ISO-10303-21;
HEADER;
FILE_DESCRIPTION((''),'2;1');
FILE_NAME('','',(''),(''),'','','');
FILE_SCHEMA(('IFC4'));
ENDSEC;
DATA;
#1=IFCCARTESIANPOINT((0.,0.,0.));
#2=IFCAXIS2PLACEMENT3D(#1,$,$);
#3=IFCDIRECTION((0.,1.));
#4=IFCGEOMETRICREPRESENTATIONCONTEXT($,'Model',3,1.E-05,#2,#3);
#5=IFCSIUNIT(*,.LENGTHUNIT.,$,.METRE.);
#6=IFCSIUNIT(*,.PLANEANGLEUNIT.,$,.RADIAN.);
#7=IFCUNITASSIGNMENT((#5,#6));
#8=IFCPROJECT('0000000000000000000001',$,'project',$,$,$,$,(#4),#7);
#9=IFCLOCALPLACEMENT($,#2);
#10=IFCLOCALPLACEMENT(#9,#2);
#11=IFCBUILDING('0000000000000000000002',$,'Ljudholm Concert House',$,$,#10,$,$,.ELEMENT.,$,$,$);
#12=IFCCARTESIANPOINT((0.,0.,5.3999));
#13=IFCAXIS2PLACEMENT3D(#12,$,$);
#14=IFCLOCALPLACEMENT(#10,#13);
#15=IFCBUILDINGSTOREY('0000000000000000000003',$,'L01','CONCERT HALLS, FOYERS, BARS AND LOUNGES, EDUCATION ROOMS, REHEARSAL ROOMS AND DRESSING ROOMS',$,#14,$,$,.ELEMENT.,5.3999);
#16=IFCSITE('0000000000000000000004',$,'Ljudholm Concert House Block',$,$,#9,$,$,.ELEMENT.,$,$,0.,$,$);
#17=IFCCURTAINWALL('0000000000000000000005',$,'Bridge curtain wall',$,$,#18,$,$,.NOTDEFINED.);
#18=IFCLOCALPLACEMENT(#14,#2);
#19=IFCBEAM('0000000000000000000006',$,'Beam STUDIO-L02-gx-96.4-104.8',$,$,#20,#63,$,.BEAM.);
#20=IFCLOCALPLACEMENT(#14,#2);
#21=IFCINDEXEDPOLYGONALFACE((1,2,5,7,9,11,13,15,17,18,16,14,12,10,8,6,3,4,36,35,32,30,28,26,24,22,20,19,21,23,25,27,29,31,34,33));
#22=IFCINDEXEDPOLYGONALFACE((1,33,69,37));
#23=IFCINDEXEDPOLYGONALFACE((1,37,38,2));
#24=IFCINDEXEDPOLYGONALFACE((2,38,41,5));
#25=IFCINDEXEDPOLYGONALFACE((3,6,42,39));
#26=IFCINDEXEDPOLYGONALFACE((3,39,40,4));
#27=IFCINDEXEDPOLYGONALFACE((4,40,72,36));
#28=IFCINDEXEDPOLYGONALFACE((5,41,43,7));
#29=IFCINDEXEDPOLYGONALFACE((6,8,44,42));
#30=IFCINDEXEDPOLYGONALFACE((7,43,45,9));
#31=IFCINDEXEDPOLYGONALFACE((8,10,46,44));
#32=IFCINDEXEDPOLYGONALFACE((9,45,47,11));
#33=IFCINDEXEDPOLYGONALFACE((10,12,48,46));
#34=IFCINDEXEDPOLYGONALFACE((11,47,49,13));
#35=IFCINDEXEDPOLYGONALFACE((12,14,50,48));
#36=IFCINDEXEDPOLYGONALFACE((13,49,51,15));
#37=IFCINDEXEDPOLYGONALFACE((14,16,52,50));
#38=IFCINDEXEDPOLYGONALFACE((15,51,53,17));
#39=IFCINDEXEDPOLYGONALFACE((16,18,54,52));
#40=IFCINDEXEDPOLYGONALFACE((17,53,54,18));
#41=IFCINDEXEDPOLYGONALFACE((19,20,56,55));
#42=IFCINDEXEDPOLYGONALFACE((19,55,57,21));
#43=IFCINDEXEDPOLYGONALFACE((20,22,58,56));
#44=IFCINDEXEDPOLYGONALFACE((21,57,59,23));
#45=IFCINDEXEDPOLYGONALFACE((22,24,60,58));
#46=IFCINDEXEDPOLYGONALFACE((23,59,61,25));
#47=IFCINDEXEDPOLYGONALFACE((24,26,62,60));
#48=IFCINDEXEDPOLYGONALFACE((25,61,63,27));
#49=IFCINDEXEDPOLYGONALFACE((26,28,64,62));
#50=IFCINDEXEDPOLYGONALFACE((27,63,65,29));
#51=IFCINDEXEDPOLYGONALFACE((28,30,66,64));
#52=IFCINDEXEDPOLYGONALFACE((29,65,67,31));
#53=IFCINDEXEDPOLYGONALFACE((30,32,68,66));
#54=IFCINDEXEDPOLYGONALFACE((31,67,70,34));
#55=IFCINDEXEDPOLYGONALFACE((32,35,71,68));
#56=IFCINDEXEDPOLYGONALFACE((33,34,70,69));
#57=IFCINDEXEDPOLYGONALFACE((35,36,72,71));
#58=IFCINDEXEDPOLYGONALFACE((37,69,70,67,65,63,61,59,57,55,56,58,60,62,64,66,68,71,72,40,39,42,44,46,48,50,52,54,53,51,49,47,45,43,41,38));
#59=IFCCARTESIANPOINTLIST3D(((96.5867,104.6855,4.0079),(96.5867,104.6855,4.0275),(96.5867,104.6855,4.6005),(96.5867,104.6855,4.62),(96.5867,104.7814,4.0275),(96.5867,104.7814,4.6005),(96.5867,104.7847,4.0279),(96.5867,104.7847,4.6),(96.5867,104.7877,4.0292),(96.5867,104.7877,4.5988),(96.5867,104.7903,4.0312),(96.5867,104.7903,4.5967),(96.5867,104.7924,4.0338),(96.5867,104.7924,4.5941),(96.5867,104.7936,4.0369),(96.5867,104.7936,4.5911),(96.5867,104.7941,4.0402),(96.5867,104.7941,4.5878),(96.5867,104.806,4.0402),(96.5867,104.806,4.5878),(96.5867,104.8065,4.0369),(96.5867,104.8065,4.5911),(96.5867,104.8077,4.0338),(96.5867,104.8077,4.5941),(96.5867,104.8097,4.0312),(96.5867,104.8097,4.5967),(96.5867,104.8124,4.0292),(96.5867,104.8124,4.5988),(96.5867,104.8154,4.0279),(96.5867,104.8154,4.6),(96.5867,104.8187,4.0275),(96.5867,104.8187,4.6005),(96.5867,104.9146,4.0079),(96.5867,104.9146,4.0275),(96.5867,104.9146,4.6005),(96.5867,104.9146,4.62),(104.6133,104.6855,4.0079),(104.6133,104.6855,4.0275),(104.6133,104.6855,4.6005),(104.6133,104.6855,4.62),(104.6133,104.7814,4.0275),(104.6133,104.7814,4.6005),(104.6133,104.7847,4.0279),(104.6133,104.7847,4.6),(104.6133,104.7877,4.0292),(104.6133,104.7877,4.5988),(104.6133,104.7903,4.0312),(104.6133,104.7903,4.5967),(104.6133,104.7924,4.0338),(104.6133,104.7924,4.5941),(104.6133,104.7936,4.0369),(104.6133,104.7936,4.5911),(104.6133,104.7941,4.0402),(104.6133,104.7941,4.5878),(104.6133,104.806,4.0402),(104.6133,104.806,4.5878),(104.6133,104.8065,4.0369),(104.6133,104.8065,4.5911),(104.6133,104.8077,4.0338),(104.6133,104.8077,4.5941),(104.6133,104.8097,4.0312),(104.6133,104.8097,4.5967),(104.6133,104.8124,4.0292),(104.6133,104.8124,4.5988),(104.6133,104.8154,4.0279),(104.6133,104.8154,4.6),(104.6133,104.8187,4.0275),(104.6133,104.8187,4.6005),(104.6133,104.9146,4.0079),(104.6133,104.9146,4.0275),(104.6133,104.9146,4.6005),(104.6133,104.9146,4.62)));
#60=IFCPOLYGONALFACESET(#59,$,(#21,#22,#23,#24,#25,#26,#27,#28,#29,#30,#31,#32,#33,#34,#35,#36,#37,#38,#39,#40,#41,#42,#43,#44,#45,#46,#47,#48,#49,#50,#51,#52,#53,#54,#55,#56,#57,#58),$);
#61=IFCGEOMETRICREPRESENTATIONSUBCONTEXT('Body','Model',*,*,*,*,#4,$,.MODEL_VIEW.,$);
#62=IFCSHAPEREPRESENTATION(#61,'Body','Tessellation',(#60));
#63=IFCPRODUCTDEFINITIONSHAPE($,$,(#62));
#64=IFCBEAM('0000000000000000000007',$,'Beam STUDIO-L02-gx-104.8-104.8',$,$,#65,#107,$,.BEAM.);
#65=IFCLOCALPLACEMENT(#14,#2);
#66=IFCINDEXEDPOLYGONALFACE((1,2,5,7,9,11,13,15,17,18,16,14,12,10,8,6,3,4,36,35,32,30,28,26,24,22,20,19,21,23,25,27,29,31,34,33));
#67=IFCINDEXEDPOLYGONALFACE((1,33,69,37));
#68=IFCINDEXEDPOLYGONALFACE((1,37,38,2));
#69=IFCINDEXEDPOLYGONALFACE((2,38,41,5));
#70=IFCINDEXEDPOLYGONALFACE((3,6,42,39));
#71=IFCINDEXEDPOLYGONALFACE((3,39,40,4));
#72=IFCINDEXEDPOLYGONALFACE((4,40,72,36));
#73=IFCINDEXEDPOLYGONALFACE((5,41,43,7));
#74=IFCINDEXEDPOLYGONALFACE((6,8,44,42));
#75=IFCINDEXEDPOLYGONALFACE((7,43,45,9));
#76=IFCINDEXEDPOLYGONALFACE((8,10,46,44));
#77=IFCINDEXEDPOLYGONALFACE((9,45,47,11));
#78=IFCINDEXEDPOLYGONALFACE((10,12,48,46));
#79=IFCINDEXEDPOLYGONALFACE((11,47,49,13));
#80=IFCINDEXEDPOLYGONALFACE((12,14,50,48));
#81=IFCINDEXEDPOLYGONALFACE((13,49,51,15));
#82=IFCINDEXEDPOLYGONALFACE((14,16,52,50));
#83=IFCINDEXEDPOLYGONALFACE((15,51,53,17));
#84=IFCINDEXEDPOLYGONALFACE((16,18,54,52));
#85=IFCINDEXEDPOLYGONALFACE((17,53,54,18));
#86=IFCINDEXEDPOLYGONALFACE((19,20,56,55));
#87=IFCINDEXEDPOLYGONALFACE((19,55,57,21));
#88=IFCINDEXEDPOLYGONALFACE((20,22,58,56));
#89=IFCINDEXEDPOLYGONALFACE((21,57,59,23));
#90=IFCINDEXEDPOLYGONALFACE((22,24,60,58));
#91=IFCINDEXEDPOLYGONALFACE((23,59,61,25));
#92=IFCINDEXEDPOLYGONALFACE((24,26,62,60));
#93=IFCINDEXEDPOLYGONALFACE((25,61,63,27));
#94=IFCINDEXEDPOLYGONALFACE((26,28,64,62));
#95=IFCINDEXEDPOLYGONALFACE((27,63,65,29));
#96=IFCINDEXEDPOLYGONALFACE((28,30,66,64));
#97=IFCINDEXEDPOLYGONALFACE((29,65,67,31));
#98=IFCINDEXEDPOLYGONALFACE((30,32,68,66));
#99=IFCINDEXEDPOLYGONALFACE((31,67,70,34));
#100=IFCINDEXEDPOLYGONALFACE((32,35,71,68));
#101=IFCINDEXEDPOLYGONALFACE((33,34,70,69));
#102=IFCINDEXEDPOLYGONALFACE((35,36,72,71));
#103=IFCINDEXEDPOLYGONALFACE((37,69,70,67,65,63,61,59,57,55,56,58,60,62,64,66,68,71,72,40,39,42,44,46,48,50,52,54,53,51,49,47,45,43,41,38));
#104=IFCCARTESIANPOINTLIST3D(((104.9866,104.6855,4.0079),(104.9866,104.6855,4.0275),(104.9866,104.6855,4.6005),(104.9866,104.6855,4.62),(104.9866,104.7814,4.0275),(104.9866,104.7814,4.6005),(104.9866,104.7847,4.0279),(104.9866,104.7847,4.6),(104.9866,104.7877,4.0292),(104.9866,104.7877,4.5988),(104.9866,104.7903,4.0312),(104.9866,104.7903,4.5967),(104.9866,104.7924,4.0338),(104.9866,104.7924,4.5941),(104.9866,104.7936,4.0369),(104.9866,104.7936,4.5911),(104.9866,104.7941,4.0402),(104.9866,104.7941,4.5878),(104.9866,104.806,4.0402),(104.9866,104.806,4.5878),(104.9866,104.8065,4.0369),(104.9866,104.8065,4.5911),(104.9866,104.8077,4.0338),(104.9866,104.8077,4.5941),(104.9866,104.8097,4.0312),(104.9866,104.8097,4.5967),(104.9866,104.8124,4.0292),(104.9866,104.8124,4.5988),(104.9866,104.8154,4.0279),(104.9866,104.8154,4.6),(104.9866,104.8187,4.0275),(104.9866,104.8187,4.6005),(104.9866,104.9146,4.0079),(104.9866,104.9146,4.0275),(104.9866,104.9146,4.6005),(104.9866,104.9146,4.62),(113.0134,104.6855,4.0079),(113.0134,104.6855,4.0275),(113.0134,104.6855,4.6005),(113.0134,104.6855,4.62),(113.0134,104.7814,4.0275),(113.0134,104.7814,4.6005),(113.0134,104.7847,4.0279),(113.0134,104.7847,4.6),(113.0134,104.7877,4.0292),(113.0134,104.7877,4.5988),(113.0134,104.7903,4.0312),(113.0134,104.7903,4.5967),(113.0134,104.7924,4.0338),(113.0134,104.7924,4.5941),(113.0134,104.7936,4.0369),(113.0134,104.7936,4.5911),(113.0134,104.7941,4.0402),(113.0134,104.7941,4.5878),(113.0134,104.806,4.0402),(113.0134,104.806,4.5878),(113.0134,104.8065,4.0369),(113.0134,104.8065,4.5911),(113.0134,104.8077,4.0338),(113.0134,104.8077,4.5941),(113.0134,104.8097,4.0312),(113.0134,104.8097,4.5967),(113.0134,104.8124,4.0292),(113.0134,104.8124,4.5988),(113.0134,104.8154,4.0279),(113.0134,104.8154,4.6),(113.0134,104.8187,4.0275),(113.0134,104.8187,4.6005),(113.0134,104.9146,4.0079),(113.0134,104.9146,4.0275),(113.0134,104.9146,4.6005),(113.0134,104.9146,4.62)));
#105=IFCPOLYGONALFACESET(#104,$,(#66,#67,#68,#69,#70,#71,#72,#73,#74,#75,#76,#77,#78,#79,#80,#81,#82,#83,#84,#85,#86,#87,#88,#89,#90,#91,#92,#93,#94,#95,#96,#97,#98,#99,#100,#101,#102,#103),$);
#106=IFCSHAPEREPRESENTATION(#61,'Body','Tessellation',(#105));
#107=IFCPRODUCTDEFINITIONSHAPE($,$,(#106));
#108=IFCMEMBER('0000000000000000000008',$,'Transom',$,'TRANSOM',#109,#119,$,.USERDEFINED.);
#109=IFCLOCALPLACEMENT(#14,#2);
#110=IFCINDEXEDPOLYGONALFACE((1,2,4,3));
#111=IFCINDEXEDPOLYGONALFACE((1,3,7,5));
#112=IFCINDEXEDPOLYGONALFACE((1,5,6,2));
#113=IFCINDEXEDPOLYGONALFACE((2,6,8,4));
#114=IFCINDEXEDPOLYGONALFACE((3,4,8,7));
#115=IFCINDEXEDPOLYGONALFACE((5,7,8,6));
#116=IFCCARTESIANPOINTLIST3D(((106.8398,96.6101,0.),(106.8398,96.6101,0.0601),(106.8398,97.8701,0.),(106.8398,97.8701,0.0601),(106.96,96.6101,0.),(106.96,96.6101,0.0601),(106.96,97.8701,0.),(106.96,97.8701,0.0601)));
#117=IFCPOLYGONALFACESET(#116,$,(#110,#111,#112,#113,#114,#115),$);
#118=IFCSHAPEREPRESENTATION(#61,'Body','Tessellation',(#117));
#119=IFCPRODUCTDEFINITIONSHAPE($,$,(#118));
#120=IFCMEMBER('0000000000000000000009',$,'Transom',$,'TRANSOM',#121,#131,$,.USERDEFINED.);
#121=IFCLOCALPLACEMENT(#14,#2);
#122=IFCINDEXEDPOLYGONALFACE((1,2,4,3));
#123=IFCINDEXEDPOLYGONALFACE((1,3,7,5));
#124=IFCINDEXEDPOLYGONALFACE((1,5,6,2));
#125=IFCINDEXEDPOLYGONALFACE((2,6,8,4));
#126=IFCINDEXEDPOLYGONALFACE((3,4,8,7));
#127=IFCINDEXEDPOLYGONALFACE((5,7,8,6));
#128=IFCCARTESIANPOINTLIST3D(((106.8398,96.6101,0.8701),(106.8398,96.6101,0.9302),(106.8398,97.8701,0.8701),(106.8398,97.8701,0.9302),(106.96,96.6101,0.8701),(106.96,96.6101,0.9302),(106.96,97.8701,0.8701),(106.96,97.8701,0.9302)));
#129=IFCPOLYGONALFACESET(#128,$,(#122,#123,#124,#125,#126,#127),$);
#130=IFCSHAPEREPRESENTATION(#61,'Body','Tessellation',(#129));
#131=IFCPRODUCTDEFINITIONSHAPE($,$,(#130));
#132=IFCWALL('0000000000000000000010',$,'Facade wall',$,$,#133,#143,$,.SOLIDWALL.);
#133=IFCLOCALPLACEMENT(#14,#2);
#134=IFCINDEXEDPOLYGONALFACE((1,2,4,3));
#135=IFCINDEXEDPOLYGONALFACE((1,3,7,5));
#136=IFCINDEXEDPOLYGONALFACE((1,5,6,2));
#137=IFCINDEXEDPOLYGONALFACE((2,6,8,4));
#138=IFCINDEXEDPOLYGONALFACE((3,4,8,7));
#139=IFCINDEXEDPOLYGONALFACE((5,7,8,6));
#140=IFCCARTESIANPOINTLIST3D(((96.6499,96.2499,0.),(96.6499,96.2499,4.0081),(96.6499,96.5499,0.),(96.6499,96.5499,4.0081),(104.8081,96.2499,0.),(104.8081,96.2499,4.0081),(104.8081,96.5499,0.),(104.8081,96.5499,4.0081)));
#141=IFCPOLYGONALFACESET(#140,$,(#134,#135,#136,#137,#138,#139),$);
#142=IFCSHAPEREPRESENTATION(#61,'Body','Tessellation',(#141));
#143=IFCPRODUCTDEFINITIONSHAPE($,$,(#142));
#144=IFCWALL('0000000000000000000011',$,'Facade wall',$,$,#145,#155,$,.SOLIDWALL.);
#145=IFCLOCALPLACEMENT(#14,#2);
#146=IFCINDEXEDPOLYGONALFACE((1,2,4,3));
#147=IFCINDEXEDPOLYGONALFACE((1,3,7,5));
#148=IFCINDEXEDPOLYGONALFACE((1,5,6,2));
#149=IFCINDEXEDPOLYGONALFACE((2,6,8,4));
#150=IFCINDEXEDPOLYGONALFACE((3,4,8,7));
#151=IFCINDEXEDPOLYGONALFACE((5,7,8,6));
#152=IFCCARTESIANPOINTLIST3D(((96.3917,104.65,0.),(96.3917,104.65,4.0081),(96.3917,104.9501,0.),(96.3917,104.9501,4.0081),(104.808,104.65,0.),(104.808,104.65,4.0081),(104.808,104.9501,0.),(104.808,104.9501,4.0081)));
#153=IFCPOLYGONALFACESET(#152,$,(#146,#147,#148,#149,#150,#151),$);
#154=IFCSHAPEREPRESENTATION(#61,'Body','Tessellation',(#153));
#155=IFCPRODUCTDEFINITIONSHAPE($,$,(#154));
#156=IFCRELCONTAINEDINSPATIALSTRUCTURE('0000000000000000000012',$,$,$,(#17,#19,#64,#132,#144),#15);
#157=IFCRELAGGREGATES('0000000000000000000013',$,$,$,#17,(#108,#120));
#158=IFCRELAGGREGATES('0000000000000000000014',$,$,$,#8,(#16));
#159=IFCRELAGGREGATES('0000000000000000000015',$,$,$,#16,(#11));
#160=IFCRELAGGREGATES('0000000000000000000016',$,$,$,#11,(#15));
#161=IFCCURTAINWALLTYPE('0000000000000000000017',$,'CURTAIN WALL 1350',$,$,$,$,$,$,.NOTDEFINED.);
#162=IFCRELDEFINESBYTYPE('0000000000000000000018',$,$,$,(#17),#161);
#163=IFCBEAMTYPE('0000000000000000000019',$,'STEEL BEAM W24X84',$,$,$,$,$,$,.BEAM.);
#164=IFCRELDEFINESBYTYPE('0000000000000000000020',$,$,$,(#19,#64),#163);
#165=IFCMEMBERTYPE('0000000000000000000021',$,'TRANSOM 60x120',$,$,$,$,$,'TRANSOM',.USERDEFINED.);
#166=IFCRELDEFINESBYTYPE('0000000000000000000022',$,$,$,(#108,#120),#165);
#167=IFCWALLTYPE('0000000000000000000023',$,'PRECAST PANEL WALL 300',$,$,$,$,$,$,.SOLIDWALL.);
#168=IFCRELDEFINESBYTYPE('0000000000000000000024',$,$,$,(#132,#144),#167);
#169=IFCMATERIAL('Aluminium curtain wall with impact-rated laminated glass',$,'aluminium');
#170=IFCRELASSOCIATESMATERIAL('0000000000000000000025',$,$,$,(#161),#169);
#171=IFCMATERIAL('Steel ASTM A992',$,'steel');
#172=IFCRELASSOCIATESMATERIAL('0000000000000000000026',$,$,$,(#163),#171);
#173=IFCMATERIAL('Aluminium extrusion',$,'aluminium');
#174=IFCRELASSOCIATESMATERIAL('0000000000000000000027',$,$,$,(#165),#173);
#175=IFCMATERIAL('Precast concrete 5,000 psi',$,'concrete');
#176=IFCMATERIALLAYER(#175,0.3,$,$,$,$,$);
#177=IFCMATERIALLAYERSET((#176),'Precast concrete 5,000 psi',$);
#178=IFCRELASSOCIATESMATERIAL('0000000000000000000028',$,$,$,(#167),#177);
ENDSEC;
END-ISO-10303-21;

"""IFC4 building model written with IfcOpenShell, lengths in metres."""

from ifc_helpers import new_model, si_unit, direction, frame, frame_2d, origin, origin_2d, place, context, subcontext, project, spatial, rectangle, i_section, extrude, material, layer, layer_set, material_profile, profile_set, type_object, element, aggregate, save


model = new_model("IFC4")

# Units and contexts
model_context = context("Model", 3, precision=1e-05, world=origin(), true_north=direction((0.0, 1.0)))
body_context = subcontext(model_context, "Body", "Model", "MODEL_VIEW")
ifc_project = project(units=[si_unit("LENGTHUNIT", "METRE"), si_unit("PLANEANGLEUNIT", "RADIAN")], contexts=[model_context])

# Site, building, storey
site_placement = place(None, origin())
site = spatial("IfcSite", under=ifc_project, at=site_placement, Name="Ljudholm Concert House Block", CompositionType="ELEMENT", RefElevation=0.0)
building_placement = place(site_placement, origin())
building = spatial("IfcBuilding", under=site, at=building_placement, Name="Ljudholm Concert House", CompositionType="ELEMENT")
storey_placement = place(building_placement, frame((0.0, 0.0, 5.3999)))
storey = spatial("IfcBuildingStorey", under=building, at=storey_placement, Name="L01", Description="CONCERT HALLS, FOYERS, BARS AND LOUNGES, EDUCATION ROOMS, REHEARSAL ROOMS AND DRESSING ROOMS", CompositionType="ELEMENT", Elevation=5.3999)

# Curtain wall
ifc_material_1 = material(Name="Aluminium curtain wall with impact-rated laminated glass", Category="aluminium")
curtain_wall_type = type_object("IfcCurtainWallType", Name="CURTAIN WALL 1350", PredefinedType="NOTDEFINED", material=ifc_material_1)
curtain_wall_placement = place(storey_placement, origin())
curtain_wall = element("IfcCurtainWall", 1, at=curtain_wall_placement, inside=storey, type_object=curtain_wall_type, Name="Bridge curtain wall", PredefinedType="NOTDEFINED")

# Beams
ifc_material_2 = material(Name="Steel ASTM A992", Category="steel")
ifc_material_profile_1 = material_profile(ifc_material_2, i_section(OverallWidth=0.229, OverallDepth=0.6121, WebThickness=0.012, FlangeThickness=0.0195, FilletRadius=0.0127, at=origin_2d()), Name="W24X84")
ifc_profile_set_1 = profile_set([ifc_material_profile_1], Name="Steel ASTM A992")
beam_type_1 = type_object("IfcBeamType", Name="STEEL BEAM W24X84", PredefinedType="BEAM", material=ifc_profile_set_1)
beam_1_placement = place(storey_placement, frame((96.5867, 104.8, 4.314), z_axis=(1.0, 0.0, 0.0), x_axis=(0.0, 1.0, 0.0)))
element("IfcBeam", 2, at=beam_1_placement, inside=storey, type_object=beam_type_1, Name="Beam STUDIO-L02-gx-96.4-104.8", PredefinedType="BEAM", context=body_context, shape_type="SweptSolid", body=[
    extrude(i_section(OverallWidth=0.229, OverallDepth=0.6121, WebThickness=0.012, FlangeThickness=0.0195, FilletRadius=0.0127, at=origin_2d()), origin(), (0.0, 0.0, 1.0), 8.0266),
])
beam_2_placement = place(storey_placement, frame((104.9866, 104.8, 4.314), z_axis=(1.0, 0.0, 0.0), x_axis=(0.0, 1.0, 0.0)))
element("IfcBeam", 3, at=beam_2_placement, inside=storey, type_object=beam_type_1, Name="Beam STUDIO-L02-gx-104.8-104.8", PredefinedType="BEAM", context=body_context, shape_type="SweptSolid", body=[
    extrude(i_section(OverallWidth=0.229, OverallDepth=0.6121, WebThickness=0.012, FlangeThickness=0.0195, FilletRadius=0.0127, at=origin_2d()), origin(), (0.0, 0.0, 1.0), 8.0269),
])

# Members
ifc_material_3 = material(Name="Aluminium extrusion", Category="aluminium")
ifc_material_profile_2 = material_profile(ifc_material_3, rectangle(XDim=0.1201, YDim=0.0601, at=origin_2d()), Name="TRANSOM 60x120")
ifc_profile_set_2 = profile_set([ifc_material_profile_2], Name="Aluminium extrusion")
member_type_1 = type_object("IfcMemberType", Name="TRANSOM 60x120", ElementType="TRANSOM", PredefinedType="USERDEFINED", material=ifc_profile_set_2)
member_1_placement = place(storey_placement, frame((106.8999, 96.6101, 0.03), z_axis=(0.0, 1.0, 0.0), x_axis=(-1.0, 0.0, 0.0)))
member_1 = element("IfcMember", 4, at=member_1_placement, type_object=member_type_1, Name="Transom", ObjectType="TRANSOM", PredefinedType="USERDEFINED", context=body_context, shape_type="SweptSolid", body=[
    extrude(rectangle(XDim=0.1201, YDim=0.0601, at=origin_2d()), origin(), (0.0, 0.0, 1.0), 1.26),
])
member_2_placement = place(storey_placement, frame((106.8999, 96.6101, 0.9001), z_axis=(0.0, 1.0, 0.0), x_axis=(-1.0, 0.0, 0.0)))
member_2 = element("IfcMember", 5, at=member_2_placement, type_object=member_type_1, Name="Transom", ObjectType="TRANSOM", PredefinedType="USERDEFINED", context=body_context, shape_type="SweptSolid", body=[
    extrude(rectangle(XDim=0.1201, YDim=0.0601, at=origin_2d()), origin(), (0.0, 0.0, 1.0), 1.26),
])
aggregate(curtain_wall, [member_1, member_2])

# Wall
ifc_material_4 = material(Name="Precast concrete 5,000 psi", Category="concrete")
ifc_layer_1 = layer(ifc_material_4, 0.3)
ifc_layer_set_1 = layer_set([ifc_layer_1], Name="Precast concrete 5,000 psi")
wall_type = type_object("IfcWallType", Name="PRECAST PANEL WALL 300", PredefinedType="SOLIDWALL", material=ifc_layer_set_1)
wall_1_placement = place(storey_placement, frame((96.6499, 96.3999, 0.0), z_axis=(0.0, 0.0, 1.0), x_axis=(1.0, 0.0, 0.0)))
element("IfcWall", 6, at=wall_1_placement, inside=storey, type_object=wall_type, Name="Facade wall", PredefinedType="SOLIDWALL", context=body_context, shape_type="SweptSolid", body=[
    extrude(rectangle(XDim=8.1582, YDim=0.3, at=frame_2d((4.0791, 0.0))), origin(), (0.0, 0.0, 1.0), 4.0081),
])

# Wall
wall_2_placement = place(storey_placement, frame((96.3918, 104.8, 0.0), z_axis=(0.0, 0.0, 1.0), x_axis=(1.0, 0.0, 0.0)))
element("IfcWall", 7, at=wall_2_placement, inside=storey, type_object=wall_type, Name="Facade wall", PredefinedType="SOLIDWALL", context=body_context, shape_type="SweptSolid", body=[
    extrude(rectangle(XDim=8.4163, YDim=0.3, at=frame_2d((4.208, 0.0))), origin(), (0.0, 0.0, 1.0), 4.0081),
])

save(model, "model.ifc")
